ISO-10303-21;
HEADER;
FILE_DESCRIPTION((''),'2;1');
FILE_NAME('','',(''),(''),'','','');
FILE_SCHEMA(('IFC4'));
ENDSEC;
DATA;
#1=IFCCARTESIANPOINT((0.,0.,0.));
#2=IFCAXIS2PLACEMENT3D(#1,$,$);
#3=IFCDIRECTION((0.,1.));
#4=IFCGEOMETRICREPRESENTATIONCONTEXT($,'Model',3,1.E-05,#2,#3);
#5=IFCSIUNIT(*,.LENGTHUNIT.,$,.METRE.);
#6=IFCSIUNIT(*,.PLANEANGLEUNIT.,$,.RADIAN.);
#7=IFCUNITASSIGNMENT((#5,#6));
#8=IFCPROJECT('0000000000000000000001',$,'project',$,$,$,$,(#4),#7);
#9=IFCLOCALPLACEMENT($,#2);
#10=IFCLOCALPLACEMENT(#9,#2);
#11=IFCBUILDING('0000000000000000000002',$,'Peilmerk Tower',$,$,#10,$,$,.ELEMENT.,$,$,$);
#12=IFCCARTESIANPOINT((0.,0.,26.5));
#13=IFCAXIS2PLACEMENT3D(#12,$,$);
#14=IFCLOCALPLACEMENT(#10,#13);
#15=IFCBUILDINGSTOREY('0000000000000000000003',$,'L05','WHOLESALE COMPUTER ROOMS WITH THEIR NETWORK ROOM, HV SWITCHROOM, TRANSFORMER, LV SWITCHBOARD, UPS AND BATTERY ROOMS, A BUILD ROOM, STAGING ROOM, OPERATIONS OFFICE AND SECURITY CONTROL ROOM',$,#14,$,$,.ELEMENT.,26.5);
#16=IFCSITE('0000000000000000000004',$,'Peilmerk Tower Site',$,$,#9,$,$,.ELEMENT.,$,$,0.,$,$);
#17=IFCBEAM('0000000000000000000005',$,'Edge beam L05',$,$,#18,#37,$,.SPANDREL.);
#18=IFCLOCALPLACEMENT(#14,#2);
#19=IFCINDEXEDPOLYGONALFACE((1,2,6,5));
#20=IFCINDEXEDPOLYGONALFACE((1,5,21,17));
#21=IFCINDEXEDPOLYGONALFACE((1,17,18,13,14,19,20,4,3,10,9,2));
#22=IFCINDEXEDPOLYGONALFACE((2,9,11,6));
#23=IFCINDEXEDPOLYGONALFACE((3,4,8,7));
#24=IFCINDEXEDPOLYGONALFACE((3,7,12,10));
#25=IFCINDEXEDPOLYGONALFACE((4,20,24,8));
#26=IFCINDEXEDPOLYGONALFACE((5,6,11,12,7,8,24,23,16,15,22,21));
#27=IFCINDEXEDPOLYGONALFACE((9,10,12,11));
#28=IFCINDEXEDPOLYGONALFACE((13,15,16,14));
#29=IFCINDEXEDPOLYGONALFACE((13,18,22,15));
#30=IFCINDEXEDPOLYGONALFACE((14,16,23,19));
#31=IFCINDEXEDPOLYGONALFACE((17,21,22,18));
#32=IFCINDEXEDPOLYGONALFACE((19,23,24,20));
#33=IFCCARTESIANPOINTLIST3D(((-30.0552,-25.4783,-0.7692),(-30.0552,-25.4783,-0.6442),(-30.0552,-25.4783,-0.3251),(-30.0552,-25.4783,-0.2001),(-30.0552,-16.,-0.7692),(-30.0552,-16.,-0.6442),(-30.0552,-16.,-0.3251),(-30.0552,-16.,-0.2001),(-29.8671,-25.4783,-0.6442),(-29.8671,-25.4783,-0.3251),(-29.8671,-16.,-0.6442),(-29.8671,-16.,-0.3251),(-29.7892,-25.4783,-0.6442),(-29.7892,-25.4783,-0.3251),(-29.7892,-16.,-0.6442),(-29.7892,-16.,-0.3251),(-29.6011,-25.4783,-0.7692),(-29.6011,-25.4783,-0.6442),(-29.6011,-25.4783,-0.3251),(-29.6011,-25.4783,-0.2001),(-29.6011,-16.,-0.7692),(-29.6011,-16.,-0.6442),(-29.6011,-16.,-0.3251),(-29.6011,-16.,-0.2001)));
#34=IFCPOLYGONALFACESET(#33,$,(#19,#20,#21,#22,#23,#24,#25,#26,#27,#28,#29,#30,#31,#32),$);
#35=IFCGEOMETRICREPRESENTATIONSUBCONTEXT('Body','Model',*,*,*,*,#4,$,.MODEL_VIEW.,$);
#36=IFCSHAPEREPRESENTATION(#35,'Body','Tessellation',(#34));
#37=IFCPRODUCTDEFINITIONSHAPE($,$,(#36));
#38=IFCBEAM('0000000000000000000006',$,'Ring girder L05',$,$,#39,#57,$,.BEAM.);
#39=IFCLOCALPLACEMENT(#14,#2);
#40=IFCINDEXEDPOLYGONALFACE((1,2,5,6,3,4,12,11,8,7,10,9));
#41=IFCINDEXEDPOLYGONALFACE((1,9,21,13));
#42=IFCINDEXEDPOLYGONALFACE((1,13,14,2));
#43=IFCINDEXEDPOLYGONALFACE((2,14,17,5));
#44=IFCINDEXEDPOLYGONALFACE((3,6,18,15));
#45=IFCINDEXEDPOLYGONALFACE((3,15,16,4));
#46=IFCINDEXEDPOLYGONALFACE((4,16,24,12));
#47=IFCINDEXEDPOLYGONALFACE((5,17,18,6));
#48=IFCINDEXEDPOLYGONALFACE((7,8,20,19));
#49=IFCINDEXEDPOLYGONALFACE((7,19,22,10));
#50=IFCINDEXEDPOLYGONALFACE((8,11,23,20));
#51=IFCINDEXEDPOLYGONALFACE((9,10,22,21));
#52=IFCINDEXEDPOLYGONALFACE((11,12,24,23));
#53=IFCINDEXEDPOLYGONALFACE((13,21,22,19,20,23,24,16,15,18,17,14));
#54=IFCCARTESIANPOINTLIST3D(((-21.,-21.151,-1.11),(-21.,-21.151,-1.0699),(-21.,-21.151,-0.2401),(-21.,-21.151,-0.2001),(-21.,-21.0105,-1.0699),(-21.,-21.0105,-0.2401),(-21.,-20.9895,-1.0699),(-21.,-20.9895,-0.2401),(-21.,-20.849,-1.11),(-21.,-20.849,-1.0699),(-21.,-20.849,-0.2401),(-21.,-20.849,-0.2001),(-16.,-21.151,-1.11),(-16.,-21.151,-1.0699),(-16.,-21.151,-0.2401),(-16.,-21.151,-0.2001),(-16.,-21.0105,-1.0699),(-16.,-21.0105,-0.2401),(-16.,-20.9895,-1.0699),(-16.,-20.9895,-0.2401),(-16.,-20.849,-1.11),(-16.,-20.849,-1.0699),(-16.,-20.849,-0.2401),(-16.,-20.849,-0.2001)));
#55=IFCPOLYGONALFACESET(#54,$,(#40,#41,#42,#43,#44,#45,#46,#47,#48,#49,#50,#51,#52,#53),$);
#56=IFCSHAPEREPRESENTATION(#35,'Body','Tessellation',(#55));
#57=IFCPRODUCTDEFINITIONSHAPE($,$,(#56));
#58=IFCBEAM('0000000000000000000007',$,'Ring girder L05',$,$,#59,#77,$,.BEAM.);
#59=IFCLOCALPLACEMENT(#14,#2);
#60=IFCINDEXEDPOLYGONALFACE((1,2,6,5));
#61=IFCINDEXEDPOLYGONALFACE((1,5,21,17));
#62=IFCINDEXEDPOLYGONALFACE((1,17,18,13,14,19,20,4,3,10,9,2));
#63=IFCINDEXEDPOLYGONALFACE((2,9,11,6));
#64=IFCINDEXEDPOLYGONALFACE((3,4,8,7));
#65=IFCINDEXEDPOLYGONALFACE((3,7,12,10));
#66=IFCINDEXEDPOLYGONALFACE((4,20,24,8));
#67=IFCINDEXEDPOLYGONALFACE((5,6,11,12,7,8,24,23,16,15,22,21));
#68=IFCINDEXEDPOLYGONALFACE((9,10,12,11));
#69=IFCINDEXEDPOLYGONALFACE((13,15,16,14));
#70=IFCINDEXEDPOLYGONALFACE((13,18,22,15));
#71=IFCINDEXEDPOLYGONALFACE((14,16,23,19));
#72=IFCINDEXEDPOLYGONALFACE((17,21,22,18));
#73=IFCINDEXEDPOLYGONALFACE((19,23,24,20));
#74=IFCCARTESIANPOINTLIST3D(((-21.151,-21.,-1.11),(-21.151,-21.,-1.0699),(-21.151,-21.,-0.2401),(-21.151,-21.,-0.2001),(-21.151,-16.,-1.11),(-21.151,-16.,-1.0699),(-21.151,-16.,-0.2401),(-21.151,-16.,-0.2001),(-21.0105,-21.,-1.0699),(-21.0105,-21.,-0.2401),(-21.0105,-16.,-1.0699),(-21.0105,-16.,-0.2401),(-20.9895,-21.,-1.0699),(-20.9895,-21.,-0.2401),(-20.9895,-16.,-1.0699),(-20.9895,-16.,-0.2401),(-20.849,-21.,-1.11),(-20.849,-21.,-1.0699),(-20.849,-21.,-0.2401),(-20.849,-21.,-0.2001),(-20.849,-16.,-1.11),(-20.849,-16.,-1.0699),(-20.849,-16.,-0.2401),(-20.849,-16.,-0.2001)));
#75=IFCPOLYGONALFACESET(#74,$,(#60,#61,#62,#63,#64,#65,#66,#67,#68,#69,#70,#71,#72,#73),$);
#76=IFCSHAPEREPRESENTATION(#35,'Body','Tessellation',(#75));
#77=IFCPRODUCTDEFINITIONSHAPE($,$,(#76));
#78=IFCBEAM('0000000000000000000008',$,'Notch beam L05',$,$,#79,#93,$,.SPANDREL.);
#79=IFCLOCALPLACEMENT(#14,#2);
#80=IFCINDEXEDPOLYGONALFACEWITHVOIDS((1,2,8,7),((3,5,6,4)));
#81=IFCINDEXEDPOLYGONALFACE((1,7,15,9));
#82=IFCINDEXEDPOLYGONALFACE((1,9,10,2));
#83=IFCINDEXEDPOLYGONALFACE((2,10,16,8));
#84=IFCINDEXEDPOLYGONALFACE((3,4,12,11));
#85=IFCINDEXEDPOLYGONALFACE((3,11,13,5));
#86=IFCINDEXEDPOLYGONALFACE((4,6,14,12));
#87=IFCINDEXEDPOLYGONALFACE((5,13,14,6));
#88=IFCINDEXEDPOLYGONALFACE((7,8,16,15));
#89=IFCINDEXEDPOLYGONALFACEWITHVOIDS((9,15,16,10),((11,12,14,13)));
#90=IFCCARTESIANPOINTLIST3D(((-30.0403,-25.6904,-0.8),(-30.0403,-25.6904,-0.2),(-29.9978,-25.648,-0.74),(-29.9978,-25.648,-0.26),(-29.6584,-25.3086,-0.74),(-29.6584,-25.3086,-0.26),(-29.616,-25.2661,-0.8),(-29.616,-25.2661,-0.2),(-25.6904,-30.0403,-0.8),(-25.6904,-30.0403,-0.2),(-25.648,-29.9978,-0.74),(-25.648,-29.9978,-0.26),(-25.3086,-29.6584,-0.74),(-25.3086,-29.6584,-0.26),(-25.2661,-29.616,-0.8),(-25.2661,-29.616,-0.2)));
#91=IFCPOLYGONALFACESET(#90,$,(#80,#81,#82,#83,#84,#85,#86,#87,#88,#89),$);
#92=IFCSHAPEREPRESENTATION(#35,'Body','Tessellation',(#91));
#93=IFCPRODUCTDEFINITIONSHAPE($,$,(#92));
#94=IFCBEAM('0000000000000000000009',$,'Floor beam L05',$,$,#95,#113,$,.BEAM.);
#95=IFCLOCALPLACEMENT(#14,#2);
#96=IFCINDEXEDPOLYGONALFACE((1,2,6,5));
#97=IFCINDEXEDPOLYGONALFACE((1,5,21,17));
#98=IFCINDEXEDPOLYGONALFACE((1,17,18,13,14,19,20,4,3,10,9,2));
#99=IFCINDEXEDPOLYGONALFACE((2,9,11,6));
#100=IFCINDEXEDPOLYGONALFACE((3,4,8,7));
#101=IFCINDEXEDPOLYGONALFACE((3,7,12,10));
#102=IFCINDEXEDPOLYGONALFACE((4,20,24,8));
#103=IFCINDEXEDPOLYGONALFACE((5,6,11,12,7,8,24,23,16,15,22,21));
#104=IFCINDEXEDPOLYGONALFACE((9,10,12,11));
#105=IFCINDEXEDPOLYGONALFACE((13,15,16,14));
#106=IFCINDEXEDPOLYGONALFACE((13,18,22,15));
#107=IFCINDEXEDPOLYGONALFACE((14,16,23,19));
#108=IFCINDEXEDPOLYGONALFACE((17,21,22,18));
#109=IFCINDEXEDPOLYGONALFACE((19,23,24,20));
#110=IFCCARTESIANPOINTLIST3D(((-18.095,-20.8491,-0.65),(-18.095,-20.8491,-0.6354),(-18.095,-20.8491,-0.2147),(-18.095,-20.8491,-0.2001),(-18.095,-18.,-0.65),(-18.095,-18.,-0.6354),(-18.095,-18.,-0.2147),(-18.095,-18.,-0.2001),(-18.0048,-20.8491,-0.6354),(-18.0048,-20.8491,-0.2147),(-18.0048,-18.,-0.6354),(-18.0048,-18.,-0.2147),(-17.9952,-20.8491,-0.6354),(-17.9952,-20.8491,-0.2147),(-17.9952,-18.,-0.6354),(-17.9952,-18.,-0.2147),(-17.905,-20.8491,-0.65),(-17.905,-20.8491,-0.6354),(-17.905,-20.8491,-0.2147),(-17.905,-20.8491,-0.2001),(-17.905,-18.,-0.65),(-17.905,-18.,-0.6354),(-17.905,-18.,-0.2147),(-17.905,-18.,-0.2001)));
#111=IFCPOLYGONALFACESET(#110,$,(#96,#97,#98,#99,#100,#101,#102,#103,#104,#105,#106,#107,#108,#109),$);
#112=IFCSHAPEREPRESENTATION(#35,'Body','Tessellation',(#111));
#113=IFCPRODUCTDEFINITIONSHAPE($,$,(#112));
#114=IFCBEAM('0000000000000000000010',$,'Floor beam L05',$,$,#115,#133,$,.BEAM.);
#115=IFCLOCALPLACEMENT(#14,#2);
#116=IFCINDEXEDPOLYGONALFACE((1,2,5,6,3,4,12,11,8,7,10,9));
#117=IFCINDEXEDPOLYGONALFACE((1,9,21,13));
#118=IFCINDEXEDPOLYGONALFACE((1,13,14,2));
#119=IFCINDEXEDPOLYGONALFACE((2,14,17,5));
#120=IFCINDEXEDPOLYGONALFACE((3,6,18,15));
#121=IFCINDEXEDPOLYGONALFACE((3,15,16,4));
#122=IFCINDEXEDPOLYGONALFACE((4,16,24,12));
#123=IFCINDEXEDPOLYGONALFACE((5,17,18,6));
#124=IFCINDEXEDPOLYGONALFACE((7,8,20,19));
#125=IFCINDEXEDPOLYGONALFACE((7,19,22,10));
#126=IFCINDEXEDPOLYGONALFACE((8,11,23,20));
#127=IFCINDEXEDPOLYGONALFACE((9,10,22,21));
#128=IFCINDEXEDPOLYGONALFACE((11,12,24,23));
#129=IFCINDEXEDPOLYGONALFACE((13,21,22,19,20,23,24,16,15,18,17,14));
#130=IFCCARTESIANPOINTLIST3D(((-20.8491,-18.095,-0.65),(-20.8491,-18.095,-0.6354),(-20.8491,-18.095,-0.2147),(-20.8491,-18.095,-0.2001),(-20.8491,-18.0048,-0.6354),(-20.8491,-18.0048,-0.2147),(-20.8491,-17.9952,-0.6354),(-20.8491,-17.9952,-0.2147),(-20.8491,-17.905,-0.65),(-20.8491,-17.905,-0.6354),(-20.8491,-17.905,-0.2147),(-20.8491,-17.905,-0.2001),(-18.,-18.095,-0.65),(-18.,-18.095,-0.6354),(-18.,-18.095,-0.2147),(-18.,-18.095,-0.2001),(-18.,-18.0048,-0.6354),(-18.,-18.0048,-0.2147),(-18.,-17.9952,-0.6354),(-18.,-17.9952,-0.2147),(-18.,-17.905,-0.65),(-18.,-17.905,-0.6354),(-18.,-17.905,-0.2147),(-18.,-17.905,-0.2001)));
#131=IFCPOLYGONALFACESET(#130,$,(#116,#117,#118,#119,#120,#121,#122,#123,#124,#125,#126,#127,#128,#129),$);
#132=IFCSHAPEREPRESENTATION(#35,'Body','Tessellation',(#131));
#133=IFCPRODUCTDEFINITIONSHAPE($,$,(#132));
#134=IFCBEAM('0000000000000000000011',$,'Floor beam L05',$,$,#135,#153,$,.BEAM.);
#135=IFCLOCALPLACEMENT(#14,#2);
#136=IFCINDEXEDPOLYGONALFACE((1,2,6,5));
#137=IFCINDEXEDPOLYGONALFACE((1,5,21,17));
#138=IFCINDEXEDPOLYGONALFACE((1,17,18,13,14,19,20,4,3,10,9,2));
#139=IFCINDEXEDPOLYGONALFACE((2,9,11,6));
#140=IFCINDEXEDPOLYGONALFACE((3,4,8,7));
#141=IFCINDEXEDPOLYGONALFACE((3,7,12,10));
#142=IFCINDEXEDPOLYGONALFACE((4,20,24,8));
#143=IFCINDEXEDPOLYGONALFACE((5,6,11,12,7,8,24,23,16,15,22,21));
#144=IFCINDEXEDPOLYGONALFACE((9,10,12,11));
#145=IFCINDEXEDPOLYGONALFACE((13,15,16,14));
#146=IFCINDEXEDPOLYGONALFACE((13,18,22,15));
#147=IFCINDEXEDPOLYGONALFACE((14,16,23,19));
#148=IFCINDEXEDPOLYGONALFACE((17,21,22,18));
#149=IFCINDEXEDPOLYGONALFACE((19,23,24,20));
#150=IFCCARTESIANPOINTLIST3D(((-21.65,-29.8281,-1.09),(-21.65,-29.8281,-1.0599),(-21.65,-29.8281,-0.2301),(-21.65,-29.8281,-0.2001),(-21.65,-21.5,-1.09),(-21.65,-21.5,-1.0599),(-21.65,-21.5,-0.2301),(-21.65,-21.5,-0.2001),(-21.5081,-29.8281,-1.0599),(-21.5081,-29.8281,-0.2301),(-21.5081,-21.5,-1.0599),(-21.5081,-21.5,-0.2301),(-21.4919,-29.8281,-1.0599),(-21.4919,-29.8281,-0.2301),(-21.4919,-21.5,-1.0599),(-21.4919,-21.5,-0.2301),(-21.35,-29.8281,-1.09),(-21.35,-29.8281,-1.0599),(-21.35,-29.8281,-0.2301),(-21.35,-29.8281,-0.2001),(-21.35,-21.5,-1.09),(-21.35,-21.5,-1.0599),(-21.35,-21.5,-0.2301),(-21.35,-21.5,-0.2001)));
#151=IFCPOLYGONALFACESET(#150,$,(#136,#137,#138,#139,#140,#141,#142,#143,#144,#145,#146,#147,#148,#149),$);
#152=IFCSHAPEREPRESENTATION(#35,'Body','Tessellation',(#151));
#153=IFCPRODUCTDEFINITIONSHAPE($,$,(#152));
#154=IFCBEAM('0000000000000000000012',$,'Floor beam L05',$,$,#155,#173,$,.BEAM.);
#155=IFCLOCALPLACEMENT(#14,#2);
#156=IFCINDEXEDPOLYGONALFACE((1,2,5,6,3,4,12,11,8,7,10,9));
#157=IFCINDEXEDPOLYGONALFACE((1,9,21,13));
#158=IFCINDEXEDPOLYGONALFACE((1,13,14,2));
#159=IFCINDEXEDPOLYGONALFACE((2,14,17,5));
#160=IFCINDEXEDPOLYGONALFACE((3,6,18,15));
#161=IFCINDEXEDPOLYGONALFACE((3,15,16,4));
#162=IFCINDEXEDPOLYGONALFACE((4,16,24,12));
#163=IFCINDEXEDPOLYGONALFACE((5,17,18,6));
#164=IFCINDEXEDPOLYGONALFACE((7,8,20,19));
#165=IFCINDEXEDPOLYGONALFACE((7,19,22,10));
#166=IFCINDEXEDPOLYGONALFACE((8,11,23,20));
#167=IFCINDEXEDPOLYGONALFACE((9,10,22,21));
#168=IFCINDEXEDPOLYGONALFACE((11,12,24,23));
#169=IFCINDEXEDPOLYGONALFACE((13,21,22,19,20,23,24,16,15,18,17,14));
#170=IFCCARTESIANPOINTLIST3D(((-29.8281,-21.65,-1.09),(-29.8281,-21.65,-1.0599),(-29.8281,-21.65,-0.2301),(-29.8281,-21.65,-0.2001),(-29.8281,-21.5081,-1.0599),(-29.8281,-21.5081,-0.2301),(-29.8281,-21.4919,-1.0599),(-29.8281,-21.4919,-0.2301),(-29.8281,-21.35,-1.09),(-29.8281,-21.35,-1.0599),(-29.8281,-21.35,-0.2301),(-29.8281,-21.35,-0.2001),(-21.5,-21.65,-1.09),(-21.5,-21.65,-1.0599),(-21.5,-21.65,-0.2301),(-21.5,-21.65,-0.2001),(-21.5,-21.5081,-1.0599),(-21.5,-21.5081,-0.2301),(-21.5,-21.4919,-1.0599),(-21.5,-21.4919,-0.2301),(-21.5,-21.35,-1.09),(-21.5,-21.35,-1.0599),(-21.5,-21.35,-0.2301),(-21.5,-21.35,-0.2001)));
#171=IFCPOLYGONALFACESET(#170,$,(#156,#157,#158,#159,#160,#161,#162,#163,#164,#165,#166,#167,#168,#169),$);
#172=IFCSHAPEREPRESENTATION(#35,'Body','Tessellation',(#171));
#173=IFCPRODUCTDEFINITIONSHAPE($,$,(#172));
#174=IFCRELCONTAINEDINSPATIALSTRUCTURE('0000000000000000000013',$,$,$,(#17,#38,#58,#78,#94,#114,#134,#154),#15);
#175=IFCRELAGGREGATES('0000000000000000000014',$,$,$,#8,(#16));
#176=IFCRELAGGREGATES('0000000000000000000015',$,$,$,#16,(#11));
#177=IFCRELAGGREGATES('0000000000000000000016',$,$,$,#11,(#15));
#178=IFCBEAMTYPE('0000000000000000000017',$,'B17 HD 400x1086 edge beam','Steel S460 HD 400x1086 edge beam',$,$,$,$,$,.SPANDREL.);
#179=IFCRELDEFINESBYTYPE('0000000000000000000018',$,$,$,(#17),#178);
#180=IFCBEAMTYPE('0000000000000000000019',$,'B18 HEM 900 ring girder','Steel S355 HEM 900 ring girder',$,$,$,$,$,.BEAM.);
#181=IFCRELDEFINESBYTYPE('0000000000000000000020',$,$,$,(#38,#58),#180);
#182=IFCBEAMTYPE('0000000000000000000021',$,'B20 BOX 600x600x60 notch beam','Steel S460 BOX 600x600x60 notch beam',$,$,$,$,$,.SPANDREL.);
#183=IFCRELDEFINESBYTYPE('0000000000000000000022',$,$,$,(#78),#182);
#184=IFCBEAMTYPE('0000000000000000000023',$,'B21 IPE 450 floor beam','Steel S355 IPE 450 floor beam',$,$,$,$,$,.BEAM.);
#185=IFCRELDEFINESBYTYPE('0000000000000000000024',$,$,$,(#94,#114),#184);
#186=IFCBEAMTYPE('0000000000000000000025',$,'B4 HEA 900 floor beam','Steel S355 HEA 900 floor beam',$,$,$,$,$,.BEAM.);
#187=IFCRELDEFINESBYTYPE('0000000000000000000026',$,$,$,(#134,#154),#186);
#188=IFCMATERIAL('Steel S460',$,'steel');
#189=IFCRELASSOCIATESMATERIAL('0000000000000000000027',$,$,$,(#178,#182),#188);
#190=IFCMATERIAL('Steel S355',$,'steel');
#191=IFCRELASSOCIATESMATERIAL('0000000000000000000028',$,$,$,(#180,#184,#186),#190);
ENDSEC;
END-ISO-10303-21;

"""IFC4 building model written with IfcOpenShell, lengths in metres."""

from ifc_helpers import new_model, si_unit, direction, frame, origin, origin_2d, place, context, subcontext, project, spatial, hollow_rectangle, i_section, extrude, material, material_profile, profile_set, type_object, element, save


model = new_model("IFC4")

# Units and contexts
model_context = context("Model", 3, precision=1e-05, world=origin(), true_north=direction((0.0, 1.0)))
body_context = subcontext(model_context, "Body", "Model", "MODEL_VIEW")
ifc_project = project(units=[si_unit("LENGTHUNIT", "METRE"), si_unit("PLANEANGLEUNIT", "RADIAN")], contexts=[model_context])

# Site, building, storey
site_placement = place(None, origin())
site = spatial("IfcSite", under=ifc_project, at=site_placement, Name="Peilmerk Tower Site", CompositionType="ELEMENT", RefElevation=0.0)
building_placement = place(site_placement, origin())
building = spatial("IfcBuilding", under=site, at=building_placement, Name="Peilmerk Tower", CompositionType="ELEMENT")
storey_placement = place(building_placement, frame((0.0, 0.0, 26.5)))
storey = spatial("IfcBuildingStorey", under=building, at=storey_placement, Name="L05", Description="WHOLESALE COMPUTER ROOMS WITH THEIR NETWORK ROOM, HV SWITCHROOM, TRANSFORMER, LV SWITCHBOARD, UPS AND BATTERY ROOMS, A BUILD ROOM, STAGING ROOM, OPERATIONS OFFICE AND SECURITY CONTROL ROOM", CompositionType="ELEMENT", Elevation=26.5)

# Beams
ifc_material_1 = material(Name="Steel S355", Category="steel")
ifc_material_2 = material(Name="Steel S460", Category="steel")
ifc_material_profile_1 = material_profile(ifc_material_2, i_section(OverallWidth=0.4541, OverallDepth=0.5691, WebThickness=0.0779, FlangeThickness=0.125, at=origin_2d()), Name="HD 400x1086")
ifc_profile_set_1 = profile_set([ifc_material_profile_1], Name="Steel S460")
beam_type_1 = type_object("IfcBeamType", Name="B17 HD 400x1086 edge beam", Description="Steel S460 HD 400x1086 edge beam", PredefinedType="SPANDREL", material=ifc_profile_set_1)
for number, where, z_axis, x_axis, name in (
    (1, (-29.8281, -16.0, -0.4846), (0.0, -1.0, 0.0), (1.0, 0.0, 0.0), "Edge beam L05"),
):
    element("IfcBeam", number, at=place(storey_placement, frame(where, z_axis=z_axis, x_axis=x_axis)), inside=storey, type_object=beam_type_1, Name=name, PredefinedType="SPANDREL", context=body_context, shape_type="SweptSolid", body=[
        extrude(i_section(OverallWidth=0.4541, OverallDepth=0.5691, WebThickness=0.0779, FlangeThickness=0.125, at=origin_2d()), origin(), (0.0, 0.0, 1.0), 9.4783),
    ])
ifc_material_profile_2 = material_profile(ifc_material_1, i_section(OverallWidth=0.302, OverallDepth=0.9099, WebThickness=0.021, FlangeThickness=0.04, at=origin_2d()), Name="HEM 900")
ifc_profile_set_2 = profile_set([ifc_material_profile_2], Name="Steel S355")
beam_type_2 = type_object("IfcBeamType", Name="B18 HEM 900 ring girder", Description="Steel S355 HEM 900 ring girder", PredefinedType="BEAM", material=ifc_profile_set_2)
for number, where, z_axis, x_axis, name in (
    (2, (-21.0, -21.0, -0.655), (1.0, 0.0, 0.0), (0.0, 1.0, 0.0), "Ring girder L05"),
    (3, (-21.0, -16.0, -0.655), (0.0, -1.0, 0.0), (1.0, 0.0, 0.0), "Ring girder L05"),
):
    element("IfcBeam", number, at=place(storey_placement, frame(where, z_axis=z_axis, x_axis=x_axis)), inside=storey, type_object=beam_type_2, Name=name, PredefinedType="BEAM", context=body_context, shape_type="SweptSolid", body=[
        extrude(i_section(OverallWidth=0.302, OverallDepth=0.9099, WebThickness=0.021, FlangeThickness=0.04, at=origin_2d()), origin(), (0.0, 0.0, 1.0), 5.0),
    ])
ifc_material_profile_3 = material_profile(ifc_material_2, hollow_rectangle(XDim=0.6001, YDim=0.6001, WallThickness=0.0601, at=origin_2d()), Name="BOX 600x600x60")
ifc_profile_set_3 = profile_set([ifc_material_profile_3], Name="Steel S460")
beam_type_3 = type_object("IfcBeamType", Name="B20 BOX 600x600x60 notch beam", Description="Steel S460 BOX 600x600x60 notch beam", PredefinedType="SPANDREL", material=ifc_profile_set_3)
beam_1_placement = place(storey_placement, frame((-25.4783, -29.8281, -0.5), z_axis=(-0.707107, 0.707107, 0.0), x_axis=(-0.707107, -0.707107, 0.0)))
element("IfcBeam", 4, at=beam_1_placement, inside=storey, type_object=beam_type_3, Name="Notch beam L05", PredefinedType="SPANDREL", context=body_context, shape_type="SweptSolid", body=[
    extrude(hollow_rectangle(XDim=0.6001, YDim=0.6001, WallThickness=0.0601, at=origin_2d()), origin(), (0.0, 0.0, 1.0), 6.1516),
])
ifc_material_profile_4 = material_profile(ifc_material_1, i_section(OverallWidth=0.1899, OverallDepth=0.45, WebThickness=0.0095, FlangeThickness=0.0146, at=origin_2d()), Name="IPE 450")
ifc_profile_set_4 = profile_set([ifc_material_profile_4], Name="Steel S355")
beam_type_4 = type_object("IfcBeamType", Name="B21 IPE 450 floor beam", Description="Steel S355 IPE 450 floor beam", PredefinedType="BEAM", material=ifc_profile_set_4)
for number, where, z_axis, x_axis, name in (
    (5, (-18.0, -18.0, -0.425), (0.0, -1.0, 0.0), (1.0, 0.0, 0.0), "Floor beam L05"),
    (6, (-18.0, -18.0, -0.425), (-1.0, 0.0, 0.0), (0.0, -1.0, 0.0), "Floor beam L05"),
):
    element("IfcBeam", number, at=place(storey_placement, frame(where, z_axis=z_axis, x_axis=x_axis)), inside=storey, type_object=beam_type_4, Name=name, PredefinedType="BEAM", context=body_context, shape_type="SweptSolid", body=[
        extrude(i_section(OverallWidth=0.1899, OverallDepth=0.45, WebThickness=0.0095, FlangeThickness=0.0146, at=origin_2d()), origin(), (0.0, 0.0, 1.0), 2.8491),
    ])
ifc_material_profile_5 = material_profile(ifc_material_1, i_section(OverallWidth=0.3, OverallDepth=0.8899, WebThickness=0.0161, FlangeThickness=0.03, at=origin_2d()), Name="HEA 900")
ifc_profile_set_5 = profile_set([ifc_material_profile_5], Name="Steel S355")
beam_type_5 = type_object("IfcBeamType", Name="B4 HEA 900 floor beam", Description="Steel S355 HEA 900 floor beam", PredefinedType="BEAM", material=ifc_profile_set_5)
for number, where, z_axis, x_axis, name in (
    (7, (-21.5, -21.5, -0.645), (0.0, -1.0, 0.0), (1.0, 0.0, 0.0), "Floor beam L05"),
    (8, (-21.5, -21.5, -0.645), (-1.0, 0.0, 0.0), (0.0, -1.0, 0.0), "Floor beam L05"),
):
    element("IfcBeam", number, at=place(storey_placement, frame(where, z_axis=z_axis, x_axis=x_axis)), inside=storey, type_object=beam_type_5, Name=name, PredefinedType="BEAM", context=body_context, shape_type="SweptSolid", body=[
        extrude(i_section(OverallWidth=0.3, OverallDepth=0.8899, WebThickness=0.0161, FlangeThickness=0.03, at=origin_2d()), origin(), (0.0, 0.0, 1.0), 8.3281),
    ])

save(model, "model.ifc")
